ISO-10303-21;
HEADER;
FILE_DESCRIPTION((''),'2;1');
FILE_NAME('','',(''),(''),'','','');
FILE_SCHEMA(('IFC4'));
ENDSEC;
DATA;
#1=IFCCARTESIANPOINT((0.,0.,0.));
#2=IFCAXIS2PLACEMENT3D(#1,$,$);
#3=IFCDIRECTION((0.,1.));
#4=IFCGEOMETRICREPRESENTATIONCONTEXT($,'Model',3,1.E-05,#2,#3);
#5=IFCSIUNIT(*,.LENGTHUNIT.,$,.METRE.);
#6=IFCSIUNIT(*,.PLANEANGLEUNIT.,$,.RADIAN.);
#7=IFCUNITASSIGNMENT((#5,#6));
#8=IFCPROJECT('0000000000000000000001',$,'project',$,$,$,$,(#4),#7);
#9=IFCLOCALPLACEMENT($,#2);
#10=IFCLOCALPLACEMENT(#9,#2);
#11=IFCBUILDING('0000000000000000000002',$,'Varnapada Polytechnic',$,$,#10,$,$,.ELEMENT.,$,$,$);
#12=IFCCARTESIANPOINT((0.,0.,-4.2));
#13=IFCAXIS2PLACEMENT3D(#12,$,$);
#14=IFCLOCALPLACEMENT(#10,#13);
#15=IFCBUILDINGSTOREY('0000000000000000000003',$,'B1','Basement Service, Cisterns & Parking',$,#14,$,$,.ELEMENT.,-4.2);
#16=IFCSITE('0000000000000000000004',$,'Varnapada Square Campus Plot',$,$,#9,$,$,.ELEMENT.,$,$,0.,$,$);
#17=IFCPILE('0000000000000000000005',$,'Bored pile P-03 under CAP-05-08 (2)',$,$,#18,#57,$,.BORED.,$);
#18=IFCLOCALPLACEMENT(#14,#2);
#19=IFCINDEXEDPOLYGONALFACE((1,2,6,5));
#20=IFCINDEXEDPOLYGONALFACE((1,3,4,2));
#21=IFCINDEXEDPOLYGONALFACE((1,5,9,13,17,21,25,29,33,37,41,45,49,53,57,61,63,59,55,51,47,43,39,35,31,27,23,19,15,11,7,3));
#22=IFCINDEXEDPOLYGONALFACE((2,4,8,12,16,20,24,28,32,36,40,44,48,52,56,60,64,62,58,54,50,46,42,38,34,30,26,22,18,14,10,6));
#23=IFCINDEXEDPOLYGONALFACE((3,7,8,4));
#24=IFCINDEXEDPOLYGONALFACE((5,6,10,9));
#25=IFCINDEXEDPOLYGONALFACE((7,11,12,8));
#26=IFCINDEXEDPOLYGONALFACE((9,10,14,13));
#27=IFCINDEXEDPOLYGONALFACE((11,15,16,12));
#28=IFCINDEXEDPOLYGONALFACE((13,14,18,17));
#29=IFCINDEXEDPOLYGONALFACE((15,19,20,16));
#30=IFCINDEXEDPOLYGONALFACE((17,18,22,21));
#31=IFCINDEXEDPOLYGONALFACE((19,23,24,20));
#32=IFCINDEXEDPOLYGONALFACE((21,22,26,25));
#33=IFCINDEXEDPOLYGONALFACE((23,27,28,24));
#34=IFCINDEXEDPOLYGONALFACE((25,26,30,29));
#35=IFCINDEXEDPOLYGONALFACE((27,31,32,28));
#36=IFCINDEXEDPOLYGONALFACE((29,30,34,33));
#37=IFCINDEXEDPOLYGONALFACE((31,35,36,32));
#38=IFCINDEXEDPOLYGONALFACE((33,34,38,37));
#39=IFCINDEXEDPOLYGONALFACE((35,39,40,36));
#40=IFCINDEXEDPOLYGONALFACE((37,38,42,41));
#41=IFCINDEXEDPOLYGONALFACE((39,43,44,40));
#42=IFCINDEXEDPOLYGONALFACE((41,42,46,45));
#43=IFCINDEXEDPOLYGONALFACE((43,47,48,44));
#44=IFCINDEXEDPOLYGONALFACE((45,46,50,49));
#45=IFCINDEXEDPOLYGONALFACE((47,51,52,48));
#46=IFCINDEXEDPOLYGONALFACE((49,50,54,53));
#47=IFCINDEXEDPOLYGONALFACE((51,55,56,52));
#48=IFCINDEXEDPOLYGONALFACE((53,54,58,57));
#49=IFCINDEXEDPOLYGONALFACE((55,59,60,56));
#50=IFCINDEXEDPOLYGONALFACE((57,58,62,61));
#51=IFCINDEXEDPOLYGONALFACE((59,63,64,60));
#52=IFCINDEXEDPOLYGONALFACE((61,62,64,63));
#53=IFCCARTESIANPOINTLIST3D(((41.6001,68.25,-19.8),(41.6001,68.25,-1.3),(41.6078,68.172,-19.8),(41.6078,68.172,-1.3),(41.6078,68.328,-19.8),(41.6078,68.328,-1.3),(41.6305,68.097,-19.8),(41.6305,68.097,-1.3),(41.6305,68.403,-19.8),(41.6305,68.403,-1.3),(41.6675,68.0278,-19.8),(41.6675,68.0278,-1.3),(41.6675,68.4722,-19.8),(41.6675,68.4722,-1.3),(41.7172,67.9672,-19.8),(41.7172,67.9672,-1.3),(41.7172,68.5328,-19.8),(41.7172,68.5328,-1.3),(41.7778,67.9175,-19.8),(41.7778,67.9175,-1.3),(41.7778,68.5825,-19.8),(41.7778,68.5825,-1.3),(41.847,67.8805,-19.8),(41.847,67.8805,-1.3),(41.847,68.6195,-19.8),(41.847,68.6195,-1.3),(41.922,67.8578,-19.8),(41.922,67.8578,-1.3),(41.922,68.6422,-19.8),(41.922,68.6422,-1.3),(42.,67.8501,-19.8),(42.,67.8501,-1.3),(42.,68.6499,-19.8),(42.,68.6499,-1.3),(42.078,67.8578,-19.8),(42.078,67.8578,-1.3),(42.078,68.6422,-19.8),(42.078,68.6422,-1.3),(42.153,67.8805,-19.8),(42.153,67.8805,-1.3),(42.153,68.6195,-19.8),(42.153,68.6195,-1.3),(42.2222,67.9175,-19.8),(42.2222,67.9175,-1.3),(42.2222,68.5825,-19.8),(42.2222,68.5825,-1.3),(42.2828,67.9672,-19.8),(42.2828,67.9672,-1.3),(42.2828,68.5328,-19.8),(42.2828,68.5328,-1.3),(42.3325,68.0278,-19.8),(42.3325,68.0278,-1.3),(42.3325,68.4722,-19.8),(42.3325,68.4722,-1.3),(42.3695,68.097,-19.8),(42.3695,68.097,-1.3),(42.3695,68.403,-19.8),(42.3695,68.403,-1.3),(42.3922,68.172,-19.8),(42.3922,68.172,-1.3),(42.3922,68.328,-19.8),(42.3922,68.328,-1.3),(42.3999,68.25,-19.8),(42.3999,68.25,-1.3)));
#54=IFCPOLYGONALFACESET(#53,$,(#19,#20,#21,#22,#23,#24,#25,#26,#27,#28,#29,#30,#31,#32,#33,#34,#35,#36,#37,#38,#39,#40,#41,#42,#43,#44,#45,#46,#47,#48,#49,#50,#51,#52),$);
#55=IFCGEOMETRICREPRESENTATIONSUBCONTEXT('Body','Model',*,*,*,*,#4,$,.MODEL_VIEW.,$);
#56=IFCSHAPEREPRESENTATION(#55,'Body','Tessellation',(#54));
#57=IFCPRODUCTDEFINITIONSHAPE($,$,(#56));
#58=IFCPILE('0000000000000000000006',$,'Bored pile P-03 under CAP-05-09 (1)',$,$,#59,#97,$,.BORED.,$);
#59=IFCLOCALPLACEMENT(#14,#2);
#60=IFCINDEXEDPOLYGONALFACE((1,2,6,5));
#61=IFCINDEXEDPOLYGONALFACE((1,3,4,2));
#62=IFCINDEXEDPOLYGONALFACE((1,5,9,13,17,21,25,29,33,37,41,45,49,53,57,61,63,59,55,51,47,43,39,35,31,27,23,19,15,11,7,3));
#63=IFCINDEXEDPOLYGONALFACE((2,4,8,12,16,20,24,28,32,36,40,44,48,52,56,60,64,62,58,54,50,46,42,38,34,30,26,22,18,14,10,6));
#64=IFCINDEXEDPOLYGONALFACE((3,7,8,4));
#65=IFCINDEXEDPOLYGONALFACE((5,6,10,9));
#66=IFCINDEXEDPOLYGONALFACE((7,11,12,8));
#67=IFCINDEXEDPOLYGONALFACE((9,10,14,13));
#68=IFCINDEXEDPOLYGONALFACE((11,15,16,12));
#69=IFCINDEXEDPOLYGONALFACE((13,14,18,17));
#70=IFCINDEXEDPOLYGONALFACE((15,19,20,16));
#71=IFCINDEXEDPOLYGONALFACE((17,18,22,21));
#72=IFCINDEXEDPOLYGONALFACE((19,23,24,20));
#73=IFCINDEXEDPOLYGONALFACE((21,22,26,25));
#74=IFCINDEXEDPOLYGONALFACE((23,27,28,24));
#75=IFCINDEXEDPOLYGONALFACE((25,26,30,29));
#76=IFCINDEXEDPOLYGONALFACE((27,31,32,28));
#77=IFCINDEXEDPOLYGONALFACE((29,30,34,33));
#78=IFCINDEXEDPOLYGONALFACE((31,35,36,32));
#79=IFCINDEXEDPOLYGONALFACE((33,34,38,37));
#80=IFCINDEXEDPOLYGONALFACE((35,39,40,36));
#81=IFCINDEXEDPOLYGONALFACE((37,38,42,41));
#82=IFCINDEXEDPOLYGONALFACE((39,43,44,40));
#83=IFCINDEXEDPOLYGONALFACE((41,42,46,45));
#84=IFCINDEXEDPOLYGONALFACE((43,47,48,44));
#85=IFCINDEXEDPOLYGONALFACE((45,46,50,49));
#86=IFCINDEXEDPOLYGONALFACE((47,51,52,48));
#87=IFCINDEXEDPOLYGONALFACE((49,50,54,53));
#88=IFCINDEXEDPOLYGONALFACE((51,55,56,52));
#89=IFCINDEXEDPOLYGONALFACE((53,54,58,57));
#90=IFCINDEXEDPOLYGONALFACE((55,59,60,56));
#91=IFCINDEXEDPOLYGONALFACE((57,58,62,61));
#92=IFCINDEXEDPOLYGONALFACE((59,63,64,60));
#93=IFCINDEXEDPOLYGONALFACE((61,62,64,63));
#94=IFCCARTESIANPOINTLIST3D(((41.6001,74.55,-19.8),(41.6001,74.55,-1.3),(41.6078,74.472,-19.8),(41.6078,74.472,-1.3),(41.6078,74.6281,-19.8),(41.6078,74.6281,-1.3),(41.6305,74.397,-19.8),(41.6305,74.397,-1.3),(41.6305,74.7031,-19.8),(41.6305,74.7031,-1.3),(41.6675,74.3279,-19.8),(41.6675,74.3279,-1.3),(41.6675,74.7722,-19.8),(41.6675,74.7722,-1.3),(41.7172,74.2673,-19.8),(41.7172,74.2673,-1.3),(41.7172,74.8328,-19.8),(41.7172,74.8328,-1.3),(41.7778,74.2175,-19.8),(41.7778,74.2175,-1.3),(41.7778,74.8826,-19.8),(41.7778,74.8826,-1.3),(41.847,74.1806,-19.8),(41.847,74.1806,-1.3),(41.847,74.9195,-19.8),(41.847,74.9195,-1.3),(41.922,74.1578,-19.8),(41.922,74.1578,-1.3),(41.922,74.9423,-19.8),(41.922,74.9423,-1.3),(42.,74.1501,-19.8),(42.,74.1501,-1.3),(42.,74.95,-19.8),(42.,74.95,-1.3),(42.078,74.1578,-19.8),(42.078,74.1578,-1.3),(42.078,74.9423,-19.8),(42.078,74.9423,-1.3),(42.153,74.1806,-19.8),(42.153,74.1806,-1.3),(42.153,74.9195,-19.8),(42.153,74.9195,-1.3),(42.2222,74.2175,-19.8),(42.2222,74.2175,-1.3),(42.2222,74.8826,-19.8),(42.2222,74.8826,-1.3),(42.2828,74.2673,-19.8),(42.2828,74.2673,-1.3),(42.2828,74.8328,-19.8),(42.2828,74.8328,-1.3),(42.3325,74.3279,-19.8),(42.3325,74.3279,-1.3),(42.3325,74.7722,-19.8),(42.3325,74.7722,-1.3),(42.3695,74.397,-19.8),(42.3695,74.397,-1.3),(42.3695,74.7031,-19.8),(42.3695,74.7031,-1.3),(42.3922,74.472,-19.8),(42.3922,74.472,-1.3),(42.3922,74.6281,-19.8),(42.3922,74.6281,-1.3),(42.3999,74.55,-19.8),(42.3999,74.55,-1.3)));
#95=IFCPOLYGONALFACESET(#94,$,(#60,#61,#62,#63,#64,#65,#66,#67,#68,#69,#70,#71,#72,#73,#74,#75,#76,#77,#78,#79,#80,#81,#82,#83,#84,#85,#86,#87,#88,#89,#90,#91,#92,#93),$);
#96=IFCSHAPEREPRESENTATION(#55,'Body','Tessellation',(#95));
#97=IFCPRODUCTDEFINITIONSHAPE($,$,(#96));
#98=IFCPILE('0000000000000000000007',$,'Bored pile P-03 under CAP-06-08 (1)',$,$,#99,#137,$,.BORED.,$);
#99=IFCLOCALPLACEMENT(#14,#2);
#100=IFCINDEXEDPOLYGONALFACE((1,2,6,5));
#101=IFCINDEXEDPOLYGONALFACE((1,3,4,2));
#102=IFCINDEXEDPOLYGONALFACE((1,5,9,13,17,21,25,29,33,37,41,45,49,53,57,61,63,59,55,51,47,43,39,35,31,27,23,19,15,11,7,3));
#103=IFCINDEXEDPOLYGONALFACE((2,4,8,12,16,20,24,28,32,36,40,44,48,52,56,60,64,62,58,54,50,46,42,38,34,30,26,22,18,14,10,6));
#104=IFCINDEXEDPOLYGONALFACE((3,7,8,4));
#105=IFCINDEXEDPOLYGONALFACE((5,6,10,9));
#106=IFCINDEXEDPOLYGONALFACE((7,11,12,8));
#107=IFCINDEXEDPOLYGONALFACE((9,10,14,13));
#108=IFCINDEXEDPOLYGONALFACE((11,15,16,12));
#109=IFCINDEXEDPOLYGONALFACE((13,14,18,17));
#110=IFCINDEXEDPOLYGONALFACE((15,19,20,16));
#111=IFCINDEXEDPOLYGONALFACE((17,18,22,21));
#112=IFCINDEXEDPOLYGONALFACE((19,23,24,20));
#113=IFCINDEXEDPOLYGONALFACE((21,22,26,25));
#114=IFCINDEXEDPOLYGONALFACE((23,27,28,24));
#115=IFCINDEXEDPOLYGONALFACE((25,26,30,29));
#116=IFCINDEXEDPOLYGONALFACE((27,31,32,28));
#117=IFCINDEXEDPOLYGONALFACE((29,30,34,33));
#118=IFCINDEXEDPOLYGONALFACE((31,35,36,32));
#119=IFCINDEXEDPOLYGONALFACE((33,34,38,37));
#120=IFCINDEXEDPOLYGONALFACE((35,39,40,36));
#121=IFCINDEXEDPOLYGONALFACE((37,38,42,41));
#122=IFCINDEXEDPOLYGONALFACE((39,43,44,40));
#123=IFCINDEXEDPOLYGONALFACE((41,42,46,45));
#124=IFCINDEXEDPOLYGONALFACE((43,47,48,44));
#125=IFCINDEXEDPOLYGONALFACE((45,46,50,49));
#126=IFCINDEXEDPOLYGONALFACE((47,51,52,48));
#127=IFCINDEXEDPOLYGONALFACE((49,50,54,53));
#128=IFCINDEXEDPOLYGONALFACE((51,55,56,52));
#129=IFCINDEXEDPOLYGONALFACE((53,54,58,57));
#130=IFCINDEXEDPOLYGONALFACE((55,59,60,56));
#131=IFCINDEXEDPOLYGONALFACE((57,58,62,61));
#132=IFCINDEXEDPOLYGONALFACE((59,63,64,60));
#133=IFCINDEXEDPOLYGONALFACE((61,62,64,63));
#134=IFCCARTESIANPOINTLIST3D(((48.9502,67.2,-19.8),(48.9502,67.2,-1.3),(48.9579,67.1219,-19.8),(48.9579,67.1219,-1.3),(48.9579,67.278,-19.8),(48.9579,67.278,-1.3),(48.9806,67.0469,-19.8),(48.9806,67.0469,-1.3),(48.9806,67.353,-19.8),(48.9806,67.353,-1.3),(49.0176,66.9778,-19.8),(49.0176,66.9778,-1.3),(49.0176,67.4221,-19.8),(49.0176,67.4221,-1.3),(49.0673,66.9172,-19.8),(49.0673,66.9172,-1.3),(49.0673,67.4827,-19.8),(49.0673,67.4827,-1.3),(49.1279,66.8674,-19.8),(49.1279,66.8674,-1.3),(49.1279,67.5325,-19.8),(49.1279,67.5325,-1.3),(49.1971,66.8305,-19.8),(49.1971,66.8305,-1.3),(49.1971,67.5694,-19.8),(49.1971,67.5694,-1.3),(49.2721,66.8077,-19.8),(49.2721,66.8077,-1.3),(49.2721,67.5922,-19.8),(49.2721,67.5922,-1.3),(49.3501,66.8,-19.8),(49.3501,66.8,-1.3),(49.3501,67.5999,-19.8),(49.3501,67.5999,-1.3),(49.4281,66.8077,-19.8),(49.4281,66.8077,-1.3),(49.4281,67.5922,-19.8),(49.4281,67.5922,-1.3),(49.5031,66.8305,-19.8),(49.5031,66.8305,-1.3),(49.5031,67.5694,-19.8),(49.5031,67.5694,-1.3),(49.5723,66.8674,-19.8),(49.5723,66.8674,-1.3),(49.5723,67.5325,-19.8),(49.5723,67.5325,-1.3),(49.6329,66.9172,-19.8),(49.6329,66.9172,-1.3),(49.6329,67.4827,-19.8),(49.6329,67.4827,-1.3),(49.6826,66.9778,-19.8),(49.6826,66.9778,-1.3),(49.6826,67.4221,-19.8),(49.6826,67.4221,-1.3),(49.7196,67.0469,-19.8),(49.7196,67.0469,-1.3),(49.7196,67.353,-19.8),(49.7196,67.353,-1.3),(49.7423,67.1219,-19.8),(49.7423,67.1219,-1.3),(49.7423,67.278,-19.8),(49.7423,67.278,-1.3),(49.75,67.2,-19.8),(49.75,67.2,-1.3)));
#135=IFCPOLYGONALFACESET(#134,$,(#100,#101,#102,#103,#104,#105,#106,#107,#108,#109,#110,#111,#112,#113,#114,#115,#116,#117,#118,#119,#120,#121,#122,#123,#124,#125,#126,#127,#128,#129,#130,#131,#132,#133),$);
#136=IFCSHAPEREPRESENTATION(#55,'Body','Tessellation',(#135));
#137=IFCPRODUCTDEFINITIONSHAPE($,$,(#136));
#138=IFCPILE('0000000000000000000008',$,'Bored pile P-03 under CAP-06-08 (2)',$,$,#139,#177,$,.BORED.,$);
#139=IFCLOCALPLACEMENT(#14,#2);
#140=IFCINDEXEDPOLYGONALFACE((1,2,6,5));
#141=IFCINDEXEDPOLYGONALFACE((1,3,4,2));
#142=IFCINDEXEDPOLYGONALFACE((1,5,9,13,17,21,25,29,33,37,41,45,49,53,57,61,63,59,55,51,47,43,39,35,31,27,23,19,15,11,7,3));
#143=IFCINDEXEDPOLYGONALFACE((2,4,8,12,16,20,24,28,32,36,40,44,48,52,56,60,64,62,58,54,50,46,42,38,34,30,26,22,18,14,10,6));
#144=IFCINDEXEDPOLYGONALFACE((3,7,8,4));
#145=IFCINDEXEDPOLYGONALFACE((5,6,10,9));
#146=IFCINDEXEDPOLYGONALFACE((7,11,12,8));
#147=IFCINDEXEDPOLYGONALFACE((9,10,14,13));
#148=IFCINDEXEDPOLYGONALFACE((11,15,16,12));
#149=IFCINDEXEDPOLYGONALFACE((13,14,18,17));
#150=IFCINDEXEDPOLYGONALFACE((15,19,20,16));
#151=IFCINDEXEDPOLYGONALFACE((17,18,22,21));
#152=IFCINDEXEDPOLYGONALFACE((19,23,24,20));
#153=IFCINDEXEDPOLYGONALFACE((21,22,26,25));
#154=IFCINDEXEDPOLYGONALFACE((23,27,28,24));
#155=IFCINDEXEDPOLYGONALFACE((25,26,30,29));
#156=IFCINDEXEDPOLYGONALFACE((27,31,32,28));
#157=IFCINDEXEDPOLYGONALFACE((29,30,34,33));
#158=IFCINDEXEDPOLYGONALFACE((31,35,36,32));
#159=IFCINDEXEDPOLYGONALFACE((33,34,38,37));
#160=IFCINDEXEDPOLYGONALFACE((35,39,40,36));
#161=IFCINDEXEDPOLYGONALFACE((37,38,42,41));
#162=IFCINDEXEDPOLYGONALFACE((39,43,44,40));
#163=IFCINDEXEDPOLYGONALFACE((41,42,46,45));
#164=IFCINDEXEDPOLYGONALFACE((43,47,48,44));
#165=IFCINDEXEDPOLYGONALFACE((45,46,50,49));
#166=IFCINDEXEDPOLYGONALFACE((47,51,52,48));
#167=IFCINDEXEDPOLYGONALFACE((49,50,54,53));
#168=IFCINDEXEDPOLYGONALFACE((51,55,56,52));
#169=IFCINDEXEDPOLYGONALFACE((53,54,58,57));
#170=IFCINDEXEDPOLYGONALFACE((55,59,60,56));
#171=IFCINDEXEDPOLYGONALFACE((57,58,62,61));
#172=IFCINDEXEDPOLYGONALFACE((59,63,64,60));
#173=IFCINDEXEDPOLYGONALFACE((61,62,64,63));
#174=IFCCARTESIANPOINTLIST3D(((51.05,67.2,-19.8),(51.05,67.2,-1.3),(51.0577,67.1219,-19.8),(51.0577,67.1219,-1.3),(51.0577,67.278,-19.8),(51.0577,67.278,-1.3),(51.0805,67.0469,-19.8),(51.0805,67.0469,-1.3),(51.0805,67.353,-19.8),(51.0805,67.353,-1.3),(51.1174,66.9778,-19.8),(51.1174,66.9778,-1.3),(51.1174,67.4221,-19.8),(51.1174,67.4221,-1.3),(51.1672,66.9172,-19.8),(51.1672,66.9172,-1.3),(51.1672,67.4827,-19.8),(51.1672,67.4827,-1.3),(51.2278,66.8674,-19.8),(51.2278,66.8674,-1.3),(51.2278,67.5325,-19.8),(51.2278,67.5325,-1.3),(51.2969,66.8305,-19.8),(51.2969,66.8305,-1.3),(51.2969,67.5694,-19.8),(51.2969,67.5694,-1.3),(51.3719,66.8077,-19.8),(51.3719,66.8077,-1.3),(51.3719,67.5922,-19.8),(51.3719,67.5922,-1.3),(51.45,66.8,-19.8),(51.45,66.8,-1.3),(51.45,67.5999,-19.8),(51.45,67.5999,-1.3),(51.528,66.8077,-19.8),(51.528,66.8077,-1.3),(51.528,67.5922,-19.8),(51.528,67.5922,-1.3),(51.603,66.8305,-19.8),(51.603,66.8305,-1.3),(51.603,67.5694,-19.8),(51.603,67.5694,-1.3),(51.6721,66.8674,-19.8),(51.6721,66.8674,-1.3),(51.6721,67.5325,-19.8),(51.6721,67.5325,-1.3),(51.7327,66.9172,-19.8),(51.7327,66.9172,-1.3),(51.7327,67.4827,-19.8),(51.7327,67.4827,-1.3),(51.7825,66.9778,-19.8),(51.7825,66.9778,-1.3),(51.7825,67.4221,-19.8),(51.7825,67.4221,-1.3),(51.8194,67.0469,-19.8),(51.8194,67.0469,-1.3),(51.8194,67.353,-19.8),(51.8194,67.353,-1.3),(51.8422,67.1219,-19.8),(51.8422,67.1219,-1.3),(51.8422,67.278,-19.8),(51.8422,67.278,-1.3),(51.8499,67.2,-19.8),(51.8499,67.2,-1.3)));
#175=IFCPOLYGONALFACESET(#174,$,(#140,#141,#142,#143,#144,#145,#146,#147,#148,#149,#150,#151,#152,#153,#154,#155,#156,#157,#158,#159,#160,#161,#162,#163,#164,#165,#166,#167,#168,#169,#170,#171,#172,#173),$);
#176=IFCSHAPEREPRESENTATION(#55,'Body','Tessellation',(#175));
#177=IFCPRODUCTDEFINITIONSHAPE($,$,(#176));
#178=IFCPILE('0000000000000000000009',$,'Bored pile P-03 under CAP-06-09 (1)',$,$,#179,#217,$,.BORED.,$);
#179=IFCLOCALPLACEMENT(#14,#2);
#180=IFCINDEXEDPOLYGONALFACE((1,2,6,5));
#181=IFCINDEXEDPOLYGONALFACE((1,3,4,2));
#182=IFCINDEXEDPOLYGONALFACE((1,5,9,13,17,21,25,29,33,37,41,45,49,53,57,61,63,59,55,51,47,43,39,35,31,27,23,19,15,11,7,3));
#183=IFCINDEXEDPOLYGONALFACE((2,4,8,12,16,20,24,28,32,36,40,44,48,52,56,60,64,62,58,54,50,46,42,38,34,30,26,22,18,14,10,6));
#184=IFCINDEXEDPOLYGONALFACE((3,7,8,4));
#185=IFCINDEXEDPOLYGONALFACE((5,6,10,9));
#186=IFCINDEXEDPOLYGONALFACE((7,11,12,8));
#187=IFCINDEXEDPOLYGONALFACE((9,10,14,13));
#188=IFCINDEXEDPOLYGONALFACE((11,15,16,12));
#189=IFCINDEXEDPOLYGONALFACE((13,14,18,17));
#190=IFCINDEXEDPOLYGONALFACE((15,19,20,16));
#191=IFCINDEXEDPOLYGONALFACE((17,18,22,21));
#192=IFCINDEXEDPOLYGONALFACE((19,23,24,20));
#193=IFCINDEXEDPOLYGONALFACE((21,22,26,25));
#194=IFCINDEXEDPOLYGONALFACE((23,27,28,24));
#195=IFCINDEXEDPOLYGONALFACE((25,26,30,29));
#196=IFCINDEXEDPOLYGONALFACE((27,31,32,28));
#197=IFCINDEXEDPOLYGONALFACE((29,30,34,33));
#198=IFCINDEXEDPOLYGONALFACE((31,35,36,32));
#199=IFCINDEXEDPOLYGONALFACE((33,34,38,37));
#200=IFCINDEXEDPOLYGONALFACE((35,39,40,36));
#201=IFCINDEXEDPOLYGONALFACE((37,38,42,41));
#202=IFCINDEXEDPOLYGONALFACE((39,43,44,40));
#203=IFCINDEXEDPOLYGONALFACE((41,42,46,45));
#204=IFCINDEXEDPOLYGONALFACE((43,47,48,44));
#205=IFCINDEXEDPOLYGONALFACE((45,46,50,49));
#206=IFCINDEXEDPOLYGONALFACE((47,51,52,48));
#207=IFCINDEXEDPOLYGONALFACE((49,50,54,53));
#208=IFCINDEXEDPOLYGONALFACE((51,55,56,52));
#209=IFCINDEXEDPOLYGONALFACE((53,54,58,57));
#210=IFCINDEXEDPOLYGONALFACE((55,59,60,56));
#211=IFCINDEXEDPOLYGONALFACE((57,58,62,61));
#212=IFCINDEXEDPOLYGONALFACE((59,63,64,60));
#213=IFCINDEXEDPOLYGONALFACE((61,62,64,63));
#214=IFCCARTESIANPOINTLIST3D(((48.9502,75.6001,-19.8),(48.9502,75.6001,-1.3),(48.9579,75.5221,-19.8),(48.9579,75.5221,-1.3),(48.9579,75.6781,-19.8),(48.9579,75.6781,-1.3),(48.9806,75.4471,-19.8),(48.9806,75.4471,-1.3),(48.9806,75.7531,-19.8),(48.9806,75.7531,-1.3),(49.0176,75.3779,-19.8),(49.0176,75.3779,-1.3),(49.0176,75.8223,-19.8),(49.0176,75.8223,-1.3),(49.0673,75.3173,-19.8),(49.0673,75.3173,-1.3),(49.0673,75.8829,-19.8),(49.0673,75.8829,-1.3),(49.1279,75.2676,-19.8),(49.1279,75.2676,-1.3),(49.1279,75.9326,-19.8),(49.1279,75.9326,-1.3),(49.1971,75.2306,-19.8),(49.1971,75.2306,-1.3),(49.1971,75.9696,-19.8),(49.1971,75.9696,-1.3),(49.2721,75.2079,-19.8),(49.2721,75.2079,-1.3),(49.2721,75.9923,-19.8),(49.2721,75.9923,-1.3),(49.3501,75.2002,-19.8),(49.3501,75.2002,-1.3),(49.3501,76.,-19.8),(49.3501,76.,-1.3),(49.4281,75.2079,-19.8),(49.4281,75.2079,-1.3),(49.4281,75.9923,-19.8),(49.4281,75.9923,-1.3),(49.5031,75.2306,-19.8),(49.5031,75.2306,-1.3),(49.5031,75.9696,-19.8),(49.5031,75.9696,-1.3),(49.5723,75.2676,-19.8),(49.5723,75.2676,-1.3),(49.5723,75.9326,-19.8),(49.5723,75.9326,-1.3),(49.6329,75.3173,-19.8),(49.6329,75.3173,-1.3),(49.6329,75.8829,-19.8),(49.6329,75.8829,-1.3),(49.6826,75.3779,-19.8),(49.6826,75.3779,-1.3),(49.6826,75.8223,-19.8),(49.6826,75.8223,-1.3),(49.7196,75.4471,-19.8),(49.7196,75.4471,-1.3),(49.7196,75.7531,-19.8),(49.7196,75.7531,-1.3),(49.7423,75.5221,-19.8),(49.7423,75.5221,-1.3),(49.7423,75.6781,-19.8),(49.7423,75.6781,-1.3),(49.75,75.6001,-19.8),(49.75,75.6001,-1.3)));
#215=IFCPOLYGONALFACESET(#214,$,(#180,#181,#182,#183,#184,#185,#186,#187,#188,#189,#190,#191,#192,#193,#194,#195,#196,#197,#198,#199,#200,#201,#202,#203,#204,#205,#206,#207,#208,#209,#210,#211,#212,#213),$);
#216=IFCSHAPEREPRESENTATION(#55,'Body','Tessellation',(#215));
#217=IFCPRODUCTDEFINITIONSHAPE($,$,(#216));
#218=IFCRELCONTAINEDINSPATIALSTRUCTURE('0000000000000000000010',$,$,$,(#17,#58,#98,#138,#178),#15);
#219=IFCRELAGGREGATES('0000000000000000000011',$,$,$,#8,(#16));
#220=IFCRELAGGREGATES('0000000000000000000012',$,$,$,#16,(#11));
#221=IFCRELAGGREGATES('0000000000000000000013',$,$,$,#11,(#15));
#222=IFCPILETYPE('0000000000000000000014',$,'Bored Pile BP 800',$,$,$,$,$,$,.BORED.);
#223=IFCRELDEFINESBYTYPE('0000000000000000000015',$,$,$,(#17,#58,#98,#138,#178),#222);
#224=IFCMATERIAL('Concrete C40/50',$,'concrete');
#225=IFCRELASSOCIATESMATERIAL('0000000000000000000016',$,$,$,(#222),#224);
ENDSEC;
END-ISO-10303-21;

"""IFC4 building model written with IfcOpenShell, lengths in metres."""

from ifc_helpers import new_model, si_unit, direction, frame, origin, origin_2d, place, context, subcontext, project, spatial, circle, extrude, material, material_profile, profile_set, type_object, element, save


model = new_model("IFC4")

# Units and contexts
model_context = context("Model", 3, precision=1e-05, world=origin(), true_north=direction((0.0, 1.0)))
body_context = subcontext(model_context, "Body", "Model", "MODEL_VIEW")
ifc_project = project(units=[si_unit("LENGTHUNIT", "METRE"), si_unit("PLANEANGLEUNIT", "RADIAN")], contexts=[model_context])

# Site, building, storey
site_placement = place(None, origin())
site = spatial("IfcSite", under=ifc_project, at=site_placement, Name="Varnapada Square Campus Plot", CompositionType="ELEMENT", RefElevation=0.0)
building_placement = place(site_placement, origin())
building = spatial("IfcBuilding", under=site, at=building_placement, Name="Varnapada Polytechnic", CompositionType="ELEMENT")
storey_placement = place(building_placement, frame((0.0, 0.0, -4.2)))
storey = spatial("IfcBuildingStorey", under=building, at=storey_placement, Name="B1", Description="Basement Service, Cisterns & Parking", CompositionType="ELEMENT", Elevation=-4.2)

# Piles
ifc_material = material(Name="Concrete C40/50", Category="concrete")
ifc_material_profile_1 = material_profile(ifc_material, circle(Radius=0.3999, at=origin_2d()), Name="BP 800")
ifc_profile_set_1 = profile_set([ifc_material_profile_1], Name="Concrete C40/50")
pile_type = type_object("IfcPileType", Name="Bored Pile BP 800", PredefinedType="BORED", material=ifc_profile_set_1)
for number, where, z_axis, x_axis, name in (
    (1, (42.0, 68.25, -1.3), (0.0, 0.0, -1.0), (1.0, 0.0, 0.0), "Bored pile P-03 under CAP-05-08 (2)"),
    (2, (42.0, 74.55, -1.3), (0.0, 0.0, -1.0), (1.0, 0.0, 0.0), "Bored pile P-03 under CAP-05-09 (1)"),
    (3, (49.3501, 67.2, -1.3), (0.0, 0.0, -1.0), (1.0, 0.0, 0.0), "Bored pile P-03 under CAP-06-08 (1)"),
    (4, (51.45, 67.2, -1.3), (0.0, 0.0, -1.0), (1.0, 0.0, 0.0), "Bored pile P-03 under CAP-06-08 (2)"),
    (5, (49.3501, 75.6001, -1.3), (0.0, 0.0, -1.0), (1.0, 0.0, 0.0), "Bored pile P-03 under CAP-06-09 (1)"),
):
    element("IfcPile", number, at=place(storey_placement, frame(where, z_axis=z_axis, x_axis=x_axis)), inside=storey, type_object=pile_type, Name=name, PredefinedType="BORED", context=body_context, shape_type="SweptSolid", body=[
        extrude(circle(Radius=0.3999, at=origin_2d()), origin(), (0.0, 0.0, 1.0), 18.5),
    ])

save(model, "model.ifc")
